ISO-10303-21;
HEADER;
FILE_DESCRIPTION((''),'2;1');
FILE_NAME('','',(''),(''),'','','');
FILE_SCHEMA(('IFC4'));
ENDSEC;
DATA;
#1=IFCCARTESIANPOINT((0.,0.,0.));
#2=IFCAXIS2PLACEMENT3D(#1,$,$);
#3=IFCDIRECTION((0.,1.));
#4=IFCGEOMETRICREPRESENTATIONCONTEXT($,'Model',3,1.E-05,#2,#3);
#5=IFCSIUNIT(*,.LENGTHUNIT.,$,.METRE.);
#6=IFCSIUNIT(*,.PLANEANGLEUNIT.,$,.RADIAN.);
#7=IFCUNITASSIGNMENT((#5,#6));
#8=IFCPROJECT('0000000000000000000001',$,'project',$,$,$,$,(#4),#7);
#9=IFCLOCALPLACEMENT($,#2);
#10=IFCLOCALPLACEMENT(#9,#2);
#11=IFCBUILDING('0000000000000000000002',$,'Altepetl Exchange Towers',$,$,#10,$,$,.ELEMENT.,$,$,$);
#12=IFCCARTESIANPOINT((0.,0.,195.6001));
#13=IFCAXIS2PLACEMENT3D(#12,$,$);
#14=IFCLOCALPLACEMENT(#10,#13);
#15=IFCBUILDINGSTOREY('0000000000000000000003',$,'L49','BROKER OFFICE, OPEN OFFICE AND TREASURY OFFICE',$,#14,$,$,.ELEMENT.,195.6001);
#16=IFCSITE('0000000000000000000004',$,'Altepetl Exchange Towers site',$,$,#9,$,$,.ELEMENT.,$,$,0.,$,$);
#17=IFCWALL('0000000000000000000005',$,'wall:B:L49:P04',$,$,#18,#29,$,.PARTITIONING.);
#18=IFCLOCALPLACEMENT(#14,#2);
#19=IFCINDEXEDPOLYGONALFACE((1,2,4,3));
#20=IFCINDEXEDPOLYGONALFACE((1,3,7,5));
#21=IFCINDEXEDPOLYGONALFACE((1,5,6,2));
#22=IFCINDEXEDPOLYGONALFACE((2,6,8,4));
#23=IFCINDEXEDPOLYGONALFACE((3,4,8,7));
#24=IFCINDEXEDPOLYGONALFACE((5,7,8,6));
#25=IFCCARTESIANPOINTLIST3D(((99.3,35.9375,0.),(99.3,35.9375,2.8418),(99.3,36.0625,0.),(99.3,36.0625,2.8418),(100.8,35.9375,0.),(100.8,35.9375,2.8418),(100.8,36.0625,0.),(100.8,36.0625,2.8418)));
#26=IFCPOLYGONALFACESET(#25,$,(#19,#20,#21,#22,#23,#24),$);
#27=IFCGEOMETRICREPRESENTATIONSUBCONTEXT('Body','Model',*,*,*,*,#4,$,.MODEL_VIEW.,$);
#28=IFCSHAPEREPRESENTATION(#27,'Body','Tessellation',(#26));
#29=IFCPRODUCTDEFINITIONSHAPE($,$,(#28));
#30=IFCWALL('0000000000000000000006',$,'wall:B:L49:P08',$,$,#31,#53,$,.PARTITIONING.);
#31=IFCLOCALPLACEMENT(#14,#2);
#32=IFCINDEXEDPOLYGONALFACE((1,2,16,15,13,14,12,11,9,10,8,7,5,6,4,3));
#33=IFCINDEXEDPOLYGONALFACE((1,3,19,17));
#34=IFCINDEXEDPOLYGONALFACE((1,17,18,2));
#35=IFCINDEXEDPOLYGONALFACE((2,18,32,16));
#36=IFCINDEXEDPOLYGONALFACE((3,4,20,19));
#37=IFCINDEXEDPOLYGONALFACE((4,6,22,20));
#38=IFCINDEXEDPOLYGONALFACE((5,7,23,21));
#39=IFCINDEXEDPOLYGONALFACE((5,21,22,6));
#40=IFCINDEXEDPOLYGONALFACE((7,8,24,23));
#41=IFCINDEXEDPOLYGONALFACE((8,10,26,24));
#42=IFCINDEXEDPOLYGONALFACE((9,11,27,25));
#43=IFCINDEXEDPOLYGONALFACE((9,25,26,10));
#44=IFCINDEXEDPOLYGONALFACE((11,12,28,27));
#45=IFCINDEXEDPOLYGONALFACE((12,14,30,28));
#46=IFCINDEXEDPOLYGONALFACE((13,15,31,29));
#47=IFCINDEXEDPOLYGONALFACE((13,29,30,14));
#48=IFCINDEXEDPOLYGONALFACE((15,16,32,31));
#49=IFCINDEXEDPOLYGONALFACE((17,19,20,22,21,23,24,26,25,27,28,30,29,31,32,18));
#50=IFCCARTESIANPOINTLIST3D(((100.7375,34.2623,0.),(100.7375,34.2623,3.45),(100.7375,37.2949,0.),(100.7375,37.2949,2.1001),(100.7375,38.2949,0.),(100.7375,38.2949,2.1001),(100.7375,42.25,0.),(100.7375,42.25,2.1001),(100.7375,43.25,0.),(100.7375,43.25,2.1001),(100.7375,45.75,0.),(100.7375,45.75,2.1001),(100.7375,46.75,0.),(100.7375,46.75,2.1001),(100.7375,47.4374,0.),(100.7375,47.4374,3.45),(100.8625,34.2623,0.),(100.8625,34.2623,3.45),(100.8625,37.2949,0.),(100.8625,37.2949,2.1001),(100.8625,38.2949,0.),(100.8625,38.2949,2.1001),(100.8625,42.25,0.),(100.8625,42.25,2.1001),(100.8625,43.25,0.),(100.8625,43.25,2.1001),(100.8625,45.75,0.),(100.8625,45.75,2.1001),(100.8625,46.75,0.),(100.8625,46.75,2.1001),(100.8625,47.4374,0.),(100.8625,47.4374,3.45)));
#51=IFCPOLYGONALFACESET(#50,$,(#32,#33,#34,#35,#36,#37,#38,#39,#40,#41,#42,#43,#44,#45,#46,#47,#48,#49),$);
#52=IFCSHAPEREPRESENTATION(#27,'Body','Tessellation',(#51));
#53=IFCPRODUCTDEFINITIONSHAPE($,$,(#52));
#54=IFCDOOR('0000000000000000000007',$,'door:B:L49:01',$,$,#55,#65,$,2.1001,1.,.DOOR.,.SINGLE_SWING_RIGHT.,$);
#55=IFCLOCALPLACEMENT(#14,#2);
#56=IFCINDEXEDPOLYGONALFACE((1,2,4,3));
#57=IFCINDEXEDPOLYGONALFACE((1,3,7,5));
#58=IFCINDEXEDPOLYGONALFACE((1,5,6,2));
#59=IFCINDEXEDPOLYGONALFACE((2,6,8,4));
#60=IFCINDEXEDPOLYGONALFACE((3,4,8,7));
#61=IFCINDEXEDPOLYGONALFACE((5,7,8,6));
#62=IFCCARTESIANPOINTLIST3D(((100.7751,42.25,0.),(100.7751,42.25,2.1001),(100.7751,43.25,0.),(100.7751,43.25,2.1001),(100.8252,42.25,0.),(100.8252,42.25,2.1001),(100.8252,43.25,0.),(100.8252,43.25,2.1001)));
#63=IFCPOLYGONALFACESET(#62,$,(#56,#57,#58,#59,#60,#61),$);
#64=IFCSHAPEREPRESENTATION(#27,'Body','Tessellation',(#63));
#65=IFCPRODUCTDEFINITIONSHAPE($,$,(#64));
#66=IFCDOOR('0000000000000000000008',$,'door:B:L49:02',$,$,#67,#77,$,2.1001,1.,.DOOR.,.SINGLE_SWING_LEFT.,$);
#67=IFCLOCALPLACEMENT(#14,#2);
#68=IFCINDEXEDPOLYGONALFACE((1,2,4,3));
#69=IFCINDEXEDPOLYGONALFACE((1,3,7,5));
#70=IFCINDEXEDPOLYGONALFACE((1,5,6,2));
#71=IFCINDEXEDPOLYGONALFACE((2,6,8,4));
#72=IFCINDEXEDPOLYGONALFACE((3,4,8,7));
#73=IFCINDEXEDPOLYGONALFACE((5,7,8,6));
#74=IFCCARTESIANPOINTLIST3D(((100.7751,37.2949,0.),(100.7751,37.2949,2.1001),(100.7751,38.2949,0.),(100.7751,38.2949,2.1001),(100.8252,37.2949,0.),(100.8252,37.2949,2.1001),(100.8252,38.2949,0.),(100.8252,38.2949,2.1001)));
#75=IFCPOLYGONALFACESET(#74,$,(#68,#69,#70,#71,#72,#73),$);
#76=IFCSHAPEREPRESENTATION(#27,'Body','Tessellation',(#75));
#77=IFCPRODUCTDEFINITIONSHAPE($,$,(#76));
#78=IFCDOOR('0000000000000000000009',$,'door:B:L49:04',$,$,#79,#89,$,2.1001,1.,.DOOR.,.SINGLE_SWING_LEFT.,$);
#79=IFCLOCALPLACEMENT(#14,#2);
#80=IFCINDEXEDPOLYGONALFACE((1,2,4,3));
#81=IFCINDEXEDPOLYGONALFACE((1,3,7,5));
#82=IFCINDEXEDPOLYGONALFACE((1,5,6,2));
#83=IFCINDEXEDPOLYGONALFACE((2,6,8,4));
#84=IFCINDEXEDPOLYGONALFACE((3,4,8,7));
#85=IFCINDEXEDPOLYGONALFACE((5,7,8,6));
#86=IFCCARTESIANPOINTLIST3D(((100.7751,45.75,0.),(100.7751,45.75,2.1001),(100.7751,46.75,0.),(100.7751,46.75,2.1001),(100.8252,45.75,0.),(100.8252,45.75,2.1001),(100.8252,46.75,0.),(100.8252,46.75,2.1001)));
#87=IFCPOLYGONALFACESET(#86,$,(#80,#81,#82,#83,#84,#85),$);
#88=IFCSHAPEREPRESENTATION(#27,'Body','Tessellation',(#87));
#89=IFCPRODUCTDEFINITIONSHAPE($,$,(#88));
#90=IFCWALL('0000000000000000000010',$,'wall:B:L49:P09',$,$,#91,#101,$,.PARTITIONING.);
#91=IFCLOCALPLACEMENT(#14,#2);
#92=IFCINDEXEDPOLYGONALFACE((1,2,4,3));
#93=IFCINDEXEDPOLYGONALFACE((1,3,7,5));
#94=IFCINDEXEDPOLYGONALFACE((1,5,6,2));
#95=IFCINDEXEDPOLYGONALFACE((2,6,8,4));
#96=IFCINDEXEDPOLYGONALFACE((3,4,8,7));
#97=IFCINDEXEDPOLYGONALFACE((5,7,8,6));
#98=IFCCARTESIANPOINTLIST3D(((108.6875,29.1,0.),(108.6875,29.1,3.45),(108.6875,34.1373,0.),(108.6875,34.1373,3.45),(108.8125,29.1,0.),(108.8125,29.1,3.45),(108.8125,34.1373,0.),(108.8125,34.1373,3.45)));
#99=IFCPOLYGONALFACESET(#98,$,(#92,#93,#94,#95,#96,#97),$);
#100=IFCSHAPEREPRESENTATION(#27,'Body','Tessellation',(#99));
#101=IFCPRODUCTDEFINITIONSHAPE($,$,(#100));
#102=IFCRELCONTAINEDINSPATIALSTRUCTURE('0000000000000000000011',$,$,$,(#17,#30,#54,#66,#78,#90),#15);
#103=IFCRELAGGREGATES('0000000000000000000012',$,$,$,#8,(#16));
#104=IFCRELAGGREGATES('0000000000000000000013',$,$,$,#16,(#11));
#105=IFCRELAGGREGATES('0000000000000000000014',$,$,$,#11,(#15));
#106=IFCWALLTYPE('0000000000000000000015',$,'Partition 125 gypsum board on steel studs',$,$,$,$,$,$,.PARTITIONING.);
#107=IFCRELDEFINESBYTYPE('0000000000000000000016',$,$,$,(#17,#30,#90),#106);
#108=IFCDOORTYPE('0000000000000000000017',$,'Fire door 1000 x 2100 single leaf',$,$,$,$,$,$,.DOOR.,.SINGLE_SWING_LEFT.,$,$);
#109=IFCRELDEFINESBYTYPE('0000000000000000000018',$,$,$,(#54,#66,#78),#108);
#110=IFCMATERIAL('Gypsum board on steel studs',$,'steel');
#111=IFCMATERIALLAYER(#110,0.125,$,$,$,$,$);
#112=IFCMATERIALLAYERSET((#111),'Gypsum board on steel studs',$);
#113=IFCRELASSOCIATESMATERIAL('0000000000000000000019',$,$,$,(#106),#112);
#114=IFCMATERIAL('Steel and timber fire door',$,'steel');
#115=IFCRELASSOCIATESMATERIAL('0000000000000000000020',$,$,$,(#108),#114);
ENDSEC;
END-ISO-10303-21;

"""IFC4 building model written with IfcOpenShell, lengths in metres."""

from ifc_helpers import new_model, si_unit, direction, frame, frame_2d, origin, place, context, subcontext, project, spatial, rectangle, extrude, material, layer, layer_set, type_object, element, fill, save


model = new_model("IFC4")

# Units and contexts
model_context = context("Model", 3, precision=1e-05, world=origin(), true_north=direction((0.0, 1.0)))
body_context = subcontext(model_context, "Body", "Model", "MODEL_VIEW")
ifc_project = project(units=[si_unit("LENGTHUNIT", "METRE"), si_unit("PLANEANGLEUNIT", "RADIAN")], contexts=[model_context])

# Site, building, storey
site_placement = place(None, origin())
site = spatial("IfcSite", under=ifc_project, at=site_placement, Name="Altepetl Exchange Towers site", CompositionType="ELEMENT", RefElevation=0.0)
building_placement = place(site_placement, origin())
building = spatial("IfcBuilding", under=site, at=building_placement, Name="Altepetl Exchange Towers", CompositionType="ELEMENT")
storey_placement = place(building_placement, frame((0.0, 0.0, 195.6001)))
storey = spatial("IfcBuildingStorey", under=building, at=storey_placement, Name="L49", Description="BROKER OFFICE, OPEN OFFICE AND TREASURY OFFICE", CompositionType="ELEMENT", Elevation=195.6001)

# Shared definitions
ifc_material_1 = material(Name="Gypsum board on steel studs", Category="steel")
ifc_layer_1 = layer(ifc_material_1, 0.125)
ifc_layer_set_1 = layer_set([ifc_layer_1], Name="Gypsum board on steel studs")
wall_type_1 = type_object("IfcWallType", Name="Partition 125 gypsum board on steel studs", PredefinedType="PARTITIONING", material=ifc_layer_set_1)
ifc_material_2 = material(Name="Steel and timber fire door", Category="steel")
door_type_1 = type_object("IfcDoorType", Name="Fire door 1000 x 2100 single leaf", OperationType="SINGLE_SWING_LEFT", PredefinedType="DOOR", material=ifc_material_2)

# Wall
wall_1_placement = place(storey_placement, frame((99.3, 36.0, 0.0)))
element("IfcWall", 1, at=wall_1_placement, inside=storey, type_object=wall_type_1, Name="wall:B:L49:P04", PredefinedType="PARTITIONING", context=body_context, shape_type="SweptSolid", body=[
    extrude(rectangle(XDim=1.5, YDim=0.125, at=frame_2d((0.75, 0.0))), origin(), (0.0, 0.0, 1.0), 2.8418),
])

# Wall, openings, doors
wall_2_placement = place(storey_placement, frame((100.8, 34.2625, 0.0), z_axis=(0.0, 0.0, 1.0), x_axis=(0.0, 1.0, 0.0)))
wall_2 = element("IfcWall", 2, at=wall_2_placement, inside=storey, type_object=wall_type_1, Name="wall:B:L49:P08", PredefinedType="PARTITIONING", context=body_context, shape_type="SweptSolid", body=[
    extrude(rectangle(XDim=13.175, YDim=0.125, at=frame_2d((6.5874, 0.0))), origin(), (0.0, 0.0, 1.0), 3.45),
])
opening_1_placement = place(wall_2_placement, frame((7.9875, 0.0, 0.0)))
opening_1 = element("IfcOpeningElement", 3, at=opening_1_placement, cuts=wall_2, PredefinedType="OPENING", context=body_context, shape_type="SweptSolid", body=[
    extrude(rectangle(XDim=1.0, YDim=2.1001, at=frame_2d((0.5, 1.05))), frame((0.0, 0.0725, 0.0), z_axis=(0.0, -1.0, 0.0), x_axis=(1.0, 0.0, 0.0)), (0.0, 0.0, 1.0), 0.145),
])
opening_2_placement = place(wall_2_placement, frame((3.0325, 0.0, 0.0)))
opening_2 = element("IfcOpeningElement", 4, at=opening_2_placement, cuts=wall_2, PredefinedType="OPENING", context=body_context, shape_type="SweptSolid", body=[
    extrude(rectangle(XDim=1.0, YDim=2.1001, at=frame_2d((0.5, 1.05))), frame((0.0, 0.0725, 0.0), z_axis=(0.0, -1.0, 0.0), x_axis=(1.0, 0.0, 0.0)), (0.0, 0.0, 1.0), 0.145),
])
opening_3_placement = place(wall_2_placement, frame((11.4875, 0.0, 0.0)))
opening_3 = element("IfcOpeningElement", 5, at=opening_3_placement, cuts=wall_2, PredefinedType="OPENING", context=body_context, shape_type="SweptSolid", body=[
    extrude(rectangle(XDim=1.0, YDim=2.1001, at=frame_2d((0.5, 1.05))), frame((0.0, 0.0725, 0.0), z_axis=(0.0, -1.0, 0.0), x_axis=(1.0, 0.0, 0.0)), (0.0, 0.0, 1.0), 0.145),
])
door_1_placement = place(opening_1_placement, origin())
door_1 = element("IfcDoor", 6, at=door_1_placement, inside=storey, type_object=door_type_1, Name="door:B:L49:01", OperationType="SINGLE_SWING_RIGHT", OverallHeight=2.1001, OverallWidth=1.0, PredefinedType="DOOR", context=body_context, shape_type="SweptSolid", body=[
    extrude(rectangle(XDim=1.0, YDim=2.1001, at=frame_2d((0.5, 1.05))), frame((0.0, 0.0249, 0.0), z_axis=(0.0, -1.0, 0.0), x_axis=(1.0, 0.0, 0.0)), (0.0, 0.0, 1.0), 0.05),
])
fill(opening_1, door_1)
door_2_placement = place(opening_2_placement, origin())
door_2 = element("IfcDoor", 7, at=door_2_placement, inside=storey, type_object=door_type_1, Name="door:B:L49:02", OperationType="SINGLE_SWING_LEFT", OverallHeight=2.1001, OverallWidth=1.0, PredefinedType="DOOR", context=body_context, shape_type="SweptSolid", body=[
    extrude(rectangle(XDim=1.0, YDim=2.1001, at=frame_2d((0.5, 1.05))), frame((0.0, 0.0249, 0.0), z_axis=(0.0, -1.0, 0.0), x_axis=(1.0, 0.0, 0.0)), (0.0, 0.0, 1.0), 0.05),
])
fill(opening_2, door_2)
door_3_placement = place(opening_3_placement, origin())
door_3 = element("IfcDoor", 8, at=door_3_placement, inside=storey, type_object=door_type_1, Name="door:B:L49:04", OperationType="SINGLE_SWING_LEFT", OverallHeight=2.1001, OverallWidth=1.0, PredefinedType="DOOR", context=body_context, shape_type="SweptSolid", body=[
    extrude(rectangle(XDim=1.0, YDim=2.1001, at=frame_2d((0.5, 1.05))), frame((0.0, 0.0249, 0.0), z_axis=(0.0, -1.0, 0.0), x_axis=(1.0, 0.0, 0.0)), (0.0, 0.0, 1.0), 0.05),
])
fill(opening_3, door_3)

# Wall
wall_3_placement = place(storey_placement, frame((108.75, 29.1001, 0.0), z_axis=(0.0, 0.0, 1.0), x_axis=(0.0, 1.0, 0.0)))
element("IfcWall", 9, at=wall_3_placement, inside=storey, type_object=wall_type_1, Name="wall:B:L49:P09", PredefinedType="PARTITIONING", context=body_context, shape_type="SweptSolid", body=[
    extrude(rectangle(XDim=5.0374, YDim=0.125, at=frame_2d((2.5186, 0.0))), origin(), (0.0, 0.0, 1.0), 3.45),
])

save(model, "model.ifc")
